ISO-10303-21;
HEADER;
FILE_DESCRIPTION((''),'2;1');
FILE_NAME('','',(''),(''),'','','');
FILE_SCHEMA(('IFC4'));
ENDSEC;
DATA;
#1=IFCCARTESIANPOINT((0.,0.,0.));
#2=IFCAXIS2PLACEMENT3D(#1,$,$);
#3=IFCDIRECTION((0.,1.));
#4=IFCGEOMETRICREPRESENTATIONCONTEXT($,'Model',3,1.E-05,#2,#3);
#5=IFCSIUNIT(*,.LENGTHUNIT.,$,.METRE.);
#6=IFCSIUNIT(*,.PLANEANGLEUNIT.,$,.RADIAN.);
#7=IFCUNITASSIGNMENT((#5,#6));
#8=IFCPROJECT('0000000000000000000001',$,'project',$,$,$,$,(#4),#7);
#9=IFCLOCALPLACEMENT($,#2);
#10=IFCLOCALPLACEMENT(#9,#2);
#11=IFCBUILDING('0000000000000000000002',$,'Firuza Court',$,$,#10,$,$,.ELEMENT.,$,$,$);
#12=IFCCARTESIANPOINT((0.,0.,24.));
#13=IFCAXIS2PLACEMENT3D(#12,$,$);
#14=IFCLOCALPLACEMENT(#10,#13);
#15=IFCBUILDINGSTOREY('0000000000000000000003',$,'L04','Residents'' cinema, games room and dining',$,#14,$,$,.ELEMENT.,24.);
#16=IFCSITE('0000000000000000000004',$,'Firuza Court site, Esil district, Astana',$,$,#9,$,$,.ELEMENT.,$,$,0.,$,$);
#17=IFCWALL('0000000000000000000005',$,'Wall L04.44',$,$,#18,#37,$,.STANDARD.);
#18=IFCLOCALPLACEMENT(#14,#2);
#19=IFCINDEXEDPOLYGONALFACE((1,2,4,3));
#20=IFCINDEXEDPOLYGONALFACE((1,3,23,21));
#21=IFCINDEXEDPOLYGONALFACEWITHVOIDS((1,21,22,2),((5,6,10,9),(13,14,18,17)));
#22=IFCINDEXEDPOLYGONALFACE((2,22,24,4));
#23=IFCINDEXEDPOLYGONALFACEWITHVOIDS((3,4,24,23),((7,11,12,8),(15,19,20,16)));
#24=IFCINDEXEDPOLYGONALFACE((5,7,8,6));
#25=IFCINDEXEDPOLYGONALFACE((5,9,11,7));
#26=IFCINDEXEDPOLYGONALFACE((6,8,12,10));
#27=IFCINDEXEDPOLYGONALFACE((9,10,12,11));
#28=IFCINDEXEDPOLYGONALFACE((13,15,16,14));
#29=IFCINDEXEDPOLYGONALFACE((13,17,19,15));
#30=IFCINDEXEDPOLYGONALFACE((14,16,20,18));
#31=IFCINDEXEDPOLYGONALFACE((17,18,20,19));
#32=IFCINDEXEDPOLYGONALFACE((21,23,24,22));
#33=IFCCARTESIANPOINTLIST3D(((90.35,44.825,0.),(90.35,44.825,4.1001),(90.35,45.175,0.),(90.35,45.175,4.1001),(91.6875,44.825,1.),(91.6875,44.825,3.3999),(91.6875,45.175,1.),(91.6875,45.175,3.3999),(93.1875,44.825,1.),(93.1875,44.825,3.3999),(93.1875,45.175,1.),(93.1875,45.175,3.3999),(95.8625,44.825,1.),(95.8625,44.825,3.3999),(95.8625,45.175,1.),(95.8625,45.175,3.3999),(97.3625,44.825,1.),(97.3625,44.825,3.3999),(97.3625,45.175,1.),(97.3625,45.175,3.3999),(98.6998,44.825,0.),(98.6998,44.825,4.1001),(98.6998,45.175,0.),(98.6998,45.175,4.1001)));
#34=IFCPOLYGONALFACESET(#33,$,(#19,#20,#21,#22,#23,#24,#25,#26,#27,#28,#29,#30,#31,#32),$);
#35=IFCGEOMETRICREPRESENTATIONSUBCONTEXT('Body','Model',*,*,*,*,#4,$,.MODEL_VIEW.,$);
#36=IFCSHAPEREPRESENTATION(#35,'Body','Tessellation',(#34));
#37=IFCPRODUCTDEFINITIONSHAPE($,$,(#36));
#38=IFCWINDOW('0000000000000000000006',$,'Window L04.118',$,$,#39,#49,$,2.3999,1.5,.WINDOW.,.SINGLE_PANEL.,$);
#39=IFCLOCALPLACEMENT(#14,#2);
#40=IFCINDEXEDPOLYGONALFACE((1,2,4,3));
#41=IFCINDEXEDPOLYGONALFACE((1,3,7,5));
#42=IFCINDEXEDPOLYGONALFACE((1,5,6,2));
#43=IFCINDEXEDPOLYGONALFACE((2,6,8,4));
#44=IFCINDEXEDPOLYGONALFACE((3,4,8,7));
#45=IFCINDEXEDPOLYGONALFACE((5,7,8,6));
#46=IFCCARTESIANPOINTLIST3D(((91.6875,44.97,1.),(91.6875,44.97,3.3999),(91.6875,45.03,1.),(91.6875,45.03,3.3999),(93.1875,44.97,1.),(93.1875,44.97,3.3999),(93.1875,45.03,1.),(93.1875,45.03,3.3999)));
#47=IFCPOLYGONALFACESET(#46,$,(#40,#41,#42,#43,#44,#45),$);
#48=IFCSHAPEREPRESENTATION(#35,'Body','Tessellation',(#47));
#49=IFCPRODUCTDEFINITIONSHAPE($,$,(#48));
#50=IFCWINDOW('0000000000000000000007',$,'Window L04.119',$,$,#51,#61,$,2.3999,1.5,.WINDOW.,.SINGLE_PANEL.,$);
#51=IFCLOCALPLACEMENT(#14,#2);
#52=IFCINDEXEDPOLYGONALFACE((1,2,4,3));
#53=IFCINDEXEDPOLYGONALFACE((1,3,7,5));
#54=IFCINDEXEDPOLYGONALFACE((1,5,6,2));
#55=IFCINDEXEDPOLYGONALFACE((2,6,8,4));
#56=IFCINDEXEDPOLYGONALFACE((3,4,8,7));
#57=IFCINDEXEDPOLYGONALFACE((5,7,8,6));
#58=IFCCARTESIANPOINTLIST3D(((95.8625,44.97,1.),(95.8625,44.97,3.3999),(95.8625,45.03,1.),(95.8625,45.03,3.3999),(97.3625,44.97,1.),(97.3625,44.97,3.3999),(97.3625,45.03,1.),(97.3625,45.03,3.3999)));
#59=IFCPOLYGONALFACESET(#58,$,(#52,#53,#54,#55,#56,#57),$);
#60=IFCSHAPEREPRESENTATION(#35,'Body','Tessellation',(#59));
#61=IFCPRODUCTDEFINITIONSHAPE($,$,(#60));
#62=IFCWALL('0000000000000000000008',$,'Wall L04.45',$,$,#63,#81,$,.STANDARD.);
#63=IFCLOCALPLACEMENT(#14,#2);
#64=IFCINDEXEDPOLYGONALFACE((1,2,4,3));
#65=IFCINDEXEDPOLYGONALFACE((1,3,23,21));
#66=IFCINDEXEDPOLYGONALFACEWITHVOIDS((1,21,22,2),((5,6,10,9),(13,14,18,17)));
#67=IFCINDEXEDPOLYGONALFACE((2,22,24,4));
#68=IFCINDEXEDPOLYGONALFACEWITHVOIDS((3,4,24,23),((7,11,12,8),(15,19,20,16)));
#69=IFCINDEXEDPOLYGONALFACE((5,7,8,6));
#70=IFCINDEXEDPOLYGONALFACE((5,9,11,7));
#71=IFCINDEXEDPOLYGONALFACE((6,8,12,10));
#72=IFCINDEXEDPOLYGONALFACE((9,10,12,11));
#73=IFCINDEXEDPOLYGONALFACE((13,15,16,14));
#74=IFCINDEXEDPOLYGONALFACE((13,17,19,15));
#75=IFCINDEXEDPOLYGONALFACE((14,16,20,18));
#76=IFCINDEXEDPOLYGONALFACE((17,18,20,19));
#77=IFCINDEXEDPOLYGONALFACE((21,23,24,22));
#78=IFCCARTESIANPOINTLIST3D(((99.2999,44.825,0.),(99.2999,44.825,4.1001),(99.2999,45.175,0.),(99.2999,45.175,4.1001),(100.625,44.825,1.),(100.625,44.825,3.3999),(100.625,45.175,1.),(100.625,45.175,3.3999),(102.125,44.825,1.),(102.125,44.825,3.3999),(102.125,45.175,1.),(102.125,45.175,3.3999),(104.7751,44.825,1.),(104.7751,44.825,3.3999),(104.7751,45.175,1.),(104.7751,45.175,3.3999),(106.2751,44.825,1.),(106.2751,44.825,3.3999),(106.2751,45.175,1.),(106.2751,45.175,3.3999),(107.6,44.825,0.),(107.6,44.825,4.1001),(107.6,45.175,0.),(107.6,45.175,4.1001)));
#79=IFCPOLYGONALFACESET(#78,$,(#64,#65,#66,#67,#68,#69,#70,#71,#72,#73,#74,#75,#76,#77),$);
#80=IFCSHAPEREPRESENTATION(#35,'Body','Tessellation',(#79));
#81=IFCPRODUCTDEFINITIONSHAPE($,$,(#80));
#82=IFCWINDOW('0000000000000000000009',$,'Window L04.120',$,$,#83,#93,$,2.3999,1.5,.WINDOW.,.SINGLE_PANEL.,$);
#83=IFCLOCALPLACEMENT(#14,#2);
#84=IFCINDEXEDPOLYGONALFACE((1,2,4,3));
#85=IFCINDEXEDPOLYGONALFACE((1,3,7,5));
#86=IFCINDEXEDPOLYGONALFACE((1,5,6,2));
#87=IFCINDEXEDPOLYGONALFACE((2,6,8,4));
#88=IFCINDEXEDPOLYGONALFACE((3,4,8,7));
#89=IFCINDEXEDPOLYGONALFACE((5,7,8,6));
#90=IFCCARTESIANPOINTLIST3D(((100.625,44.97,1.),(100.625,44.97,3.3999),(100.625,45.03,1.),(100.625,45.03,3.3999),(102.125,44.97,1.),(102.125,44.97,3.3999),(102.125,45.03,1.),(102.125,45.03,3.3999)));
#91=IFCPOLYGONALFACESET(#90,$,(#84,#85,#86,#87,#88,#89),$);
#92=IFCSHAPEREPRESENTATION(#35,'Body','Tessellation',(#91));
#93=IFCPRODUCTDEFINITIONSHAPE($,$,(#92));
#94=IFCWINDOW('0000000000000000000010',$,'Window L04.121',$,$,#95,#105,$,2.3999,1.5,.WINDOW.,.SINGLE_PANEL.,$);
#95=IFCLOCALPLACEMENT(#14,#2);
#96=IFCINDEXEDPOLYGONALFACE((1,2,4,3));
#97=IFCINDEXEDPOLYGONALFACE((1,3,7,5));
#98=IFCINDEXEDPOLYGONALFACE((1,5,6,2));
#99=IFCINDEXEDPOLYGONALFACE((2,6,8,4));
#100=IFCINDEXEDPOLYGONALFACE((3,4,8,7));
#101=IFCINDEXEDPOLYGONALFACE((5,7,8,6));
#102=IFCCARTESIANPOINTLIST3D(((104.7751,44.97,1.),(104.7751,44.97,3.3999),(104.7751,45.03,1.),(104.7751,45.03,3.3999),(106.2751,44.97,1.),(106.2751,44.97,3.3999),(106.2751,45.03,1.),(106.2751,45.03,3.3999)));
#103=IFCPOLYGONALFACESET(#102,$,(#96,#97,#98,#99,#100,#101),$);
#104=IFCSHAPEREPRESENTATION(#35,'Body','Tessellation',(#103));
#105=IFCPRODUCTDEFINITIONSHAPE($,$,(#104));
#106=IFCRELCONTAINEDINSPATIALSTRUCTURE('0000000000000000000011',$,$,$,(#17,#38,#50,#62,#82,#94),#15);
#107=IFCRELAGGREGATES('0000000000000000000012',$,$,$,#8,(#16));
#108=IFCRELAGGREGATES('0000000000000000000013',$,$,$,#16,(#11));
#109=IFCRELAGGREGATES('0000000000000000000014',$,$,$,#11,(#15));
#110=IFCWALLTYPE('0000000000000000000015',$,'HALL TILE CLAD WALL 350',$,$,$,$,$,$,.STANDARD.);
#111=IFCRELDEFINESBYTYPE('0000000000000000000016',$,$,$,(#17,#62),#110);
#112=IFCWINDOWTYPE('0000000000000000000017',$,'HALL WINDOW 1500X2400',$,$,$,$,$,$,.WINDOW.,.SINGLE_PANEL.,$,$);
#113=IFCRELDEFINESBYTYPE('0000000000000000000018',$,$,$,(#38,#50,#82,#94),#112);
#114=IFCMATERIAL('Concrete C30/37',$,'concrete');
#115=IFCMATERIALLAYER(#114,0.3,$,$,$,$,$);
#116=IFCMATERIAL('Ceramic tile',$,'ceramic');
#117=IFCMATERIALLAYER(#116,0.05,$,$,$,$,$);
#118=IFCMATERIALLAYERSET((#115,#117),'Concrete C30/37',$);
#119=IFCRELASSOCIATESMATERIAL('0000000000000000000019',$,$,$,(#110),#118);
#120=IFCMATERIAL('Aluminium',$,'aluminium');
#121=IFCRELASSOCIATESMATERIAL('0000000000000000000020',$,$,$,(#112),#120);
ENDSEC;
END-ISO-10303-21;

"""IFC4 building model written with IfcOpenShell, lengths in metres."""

from ifc_helpers import new_model, si_unit, direction, frame, frame_2d, origin, place, context, subcontext, project, spatial, rectangle, extrude, material, layer, layer_set, type_object, element, fill, save


model = new_model("IFC4")

# Units and contexts
model_context = context("Model", 3, precision=1e-05, world=origin(), true_north=direction((0.0, 1.0)))
body_context = subcontext(model_context, "Body", "Model", "MODEL_VIEW")
ifc_project = project(units=[si_unit("LENGTHUNIT", "METRE"), si_unit("PLANEANGLEUNIT", "RADIAN")], contexts=[model_context])

# Site, building, storey
site_placement = place(None, origin())
site = spatial("IfcSite", under=ifc_project, at=site_placement, Name="Firuza Court site, Esil district, Astana", CompositionType="ELEMENT", RefElevation=0.0)
building_placement = place(site_placement, origin())
building = spatial("IfcBuilding", under=site, at=building_placement, Name="Firuza Court", CompositionType="ELEMENT")
storey_placement = place(building_placement, frame((0.0, 0.0, 24.0)))
storey = spatial("IfcBuildingStorey", under=building, at=storey_placement, Name="L04", Description="Residents' cinema, games room and dining", CompositionType="ELEMENT", Elevation=24.0)

# Walls, openings, windows
ifc_material_1 = material(Name="Concrete C30/37", Category="concrete")
ifc_layer_1 = layer(ifc_material_1, 0.3)
ifc_material_2 = material(Name="Ceramic tile", Category="ceramic")
ifc_layer_2 = layer(ifc_material_2, 0.05)
ifc_layer_set_1 = layer_set([ifc_layer_1, ifc_layer_2], Name="Concrete C30/37")
wall_type_1 = type_object("IfcWallType", Name="HALL TILE CLAD WALL 350", PredefinedType="STANDARD", material=ifc_layer_set_1)
wall_1_placement = place(storey_placement, frame((90.3501, 45.0, 0.0), z_axis=(0.0, 0.0, 1.0), x_axis=(1.0, 0.0, 0.0)))
wall_1 = element("IfcWall", 1, at=wall_1_placement, inside=storey, type_object=wall_type_1, Name="Wall L04.44", PredefinedType="STANDARD", context=body_context, shape_type="SweptSolid", body=[
    extrude(rectangle(XDim=8.3499, YDim=0.3501, at=frame_2d((4.1748, 0.0))), origin(), (0.0, 0.0, 1.0), 4.1001),
])
opening_1_placement = place(wall_1_placement, frame((1.3374, 0.0, 1.0)))
opening_1 = element("IfcOpeningElement", 2, at=opening_1_placement, cuts=wall_1, PredefinedType="OPENING", context=body_context, shape_type="SweptSolid", body=[
    extrude(rectangle(XDim=1.5, YDim=2.3999, at=frame_2d((0.75, 1.2))), frame((0.0, 0.187, 0.0), z_axis=(0.0, -1.0, 0.0), x_axis=(1.0, 0.0, 0.0)), (0.0, 0.0, 1.0), 0.374),
])
opening_2_placement = place(wall_1_placement, frame((5.5125, 0.0, 1.0)))
opening_2 = element("IfcOpeningElement", 3, at=opening_2_placement, cuts=wall_1, PredefinedType="OPENING", context=body_context, shape_type="SweptSolid", body=[
    extrude(rectangle(XDim=1.5, YDim=2.3999, at=frame_2d((0.75, 1.2))), frame((0.0, 0.187, 0.0), z_axis=(0.0, -1.0, 0.0), x_axis=(1.0, 0.0, 0.0)), (0.0, 0.0, 1.0), 0.374),
])
ifc_material_3 = material(Name="Aluminium", Category="aluminium")
window_type = type_object("IfcWindowType", Name="HALL WINDOW 1500X2400", PartitioningType="SINGLE_PANEL", PredefinedType="WINDOW", material=ifc_material_3)
window_1_placement = place(opening_1_placement, origin())
window_1 = element("IfcWindow", 4, at=window_1_placement, inside=storey, type_object=window_type, Name="Window L04.118", OverallHeight=2.3999, OverallWidth=1.5, PartitioningType="SINGLE_PANEL", PredefinedType="WINDOW", context=body_context, shape_type="SweptSolid", body=[
    extrude(rectangle(XDim=1.5, YDim=2.3999, at=frame_2d((0.75, 1.2))), frame((0.0, 0.03, 0.0), z_axis=(0.0, -1.0, 0.0), x_axis=(1.0, 0.0, 0.0)), (0.0, 0.0, 1.0), 0.0601),
])
fill(opening_1, window_1)
window_2_placement = place(opening_2_placement, origin())
window_2 = element("IfcWindow", 5, at=window_2_placement, inside=storey, type_object=window_type, Name="Window L04.119", OverallHeight=2.3999, OverallWidth=1.5, PartitioningType="SINGLE_PANEL", PredefinedType="WINDOW", context=body_context, shape_type="SweptSolid", body=[
    extrude(rectangle(XDim=1.5, YDim=2.3999, at=frame_2d((0.75, 1.2))), frame((0.0, 0.03, 0.0), z_axis=(0.0, -1.0, 0.0), x_axis=(1.0, 0.0, 0.0)), (0.0, 0.0, 1.0), 0.0601),
])
fill(opening_2, window_2)
wall_2_placement = place(storey_placement, frame((99.3, 45.0, 0.0), z_axis=(0.0, 0.0, 1.0), x_axis=(1.0, 0.0, 0.0)))
wall_2 = element("IfcWall", 6, at=wall_2_placement, inside=storey, type_object=wall_type_1, Name="Wall L04.45", PredefinedType="STANDARD", context=body_context, shape_type="SweptSolid", body=[
    extrude(rectangle(XDim=8.3, YDim=0.3501, at=frame_2d((4.1499, 0.0))), origin(), (0.0, 0.0, 1.0), 4.1001),
])
opening_3_placement = place(wall_2_placement, frame((1.325, 0.0, 1.0)))
opening_3 = element("IfcOpeningElement", 7, at=opening_3_placement, cuts=wall_2, PredefinedType="OPENING", context=body_context, shape_type="SweptSolid", body=[
    extrude(rectangle(XDim=1.5, YDim=2.3999, at=frame_2d((0.75, 1.2))), frame((0.0, 0.187, 0.0), z_axis=(0.0, -1.0, 0.0), x_axis=(1.0, 0.0, 0.0)), (0.0, 0.0, 1.0), 0.374),
])
opening_4_placement = place(wall_2_placement, frame((5.4751, 0.0, 1.0)))
opening_4 = element("IfcOpeningElement", 8, at=opening_4_placement, cuts=wall_2, PredefinedType="OPENING", context=body_context, shape_type="SweptSolid", body=[
    extrude(rectangle(XDim=1.5, YDim=2.3999, at=frame_2d((0.75, 1.2))), frame((0.0, 0.187, 0.0), z_axis=(0.0, -1.0, 0.0), x_axis=(1.0, 0.0, 0.0)), (0.0, 0.0, 1.0), 0.374),
])
window_3_placement = place(opening_3_placement, origin())
window_3 = element("IfcWindow", 9, at=window_3_placement, inside=storey, type_object=window_type, Name="Window L04.120", OverallHeight=2.3999, OverallWidth=1.5, PartitioningType="SINGLE_PANEL", PredefinedType="WINDOW", context=body_context, shape_type="SweptSolid", body=[
    extrude(rectangle(XDim=1.5, YDim=2.3999, at=frame_2d((0.75, 1.2))), frame((0.0, 0.03, 0.0), z_axis=(0.0, -1.0, 0.0), x_axis=(1.0, 0.0, 0.0)), (0.0, 0.0, 1.0), 0.0601),
])
fill(opening_3, window_3)
window_4_placement = place(opening_4_placement, origin())
window_4 = element("IfcWindow", 10, at=window_4_placement, inside=storey, type_object=window_type, Name="Window L04.121", OverallHeight=2.3999, OverallWidth=1.5, PartitioningType="SINGLE_PANEL", PredefinedType="WINDOW", context=body_context, shape_type="SweptSolid", body=[
    extrude(rectangle(XDim=1.5, YDim=2.3999, at=frame_2d((0.75, 1.2))), frame((0.0, 0.03, 0.0), z_axis=(0.0, -1.0, 0.0), x_axis=(1.0, 0.0, 0.0)), (0.0, 0.0, 1.0), 0.0601),
])
fill(opening_4, window_4)

save(model, "model.ifc")
